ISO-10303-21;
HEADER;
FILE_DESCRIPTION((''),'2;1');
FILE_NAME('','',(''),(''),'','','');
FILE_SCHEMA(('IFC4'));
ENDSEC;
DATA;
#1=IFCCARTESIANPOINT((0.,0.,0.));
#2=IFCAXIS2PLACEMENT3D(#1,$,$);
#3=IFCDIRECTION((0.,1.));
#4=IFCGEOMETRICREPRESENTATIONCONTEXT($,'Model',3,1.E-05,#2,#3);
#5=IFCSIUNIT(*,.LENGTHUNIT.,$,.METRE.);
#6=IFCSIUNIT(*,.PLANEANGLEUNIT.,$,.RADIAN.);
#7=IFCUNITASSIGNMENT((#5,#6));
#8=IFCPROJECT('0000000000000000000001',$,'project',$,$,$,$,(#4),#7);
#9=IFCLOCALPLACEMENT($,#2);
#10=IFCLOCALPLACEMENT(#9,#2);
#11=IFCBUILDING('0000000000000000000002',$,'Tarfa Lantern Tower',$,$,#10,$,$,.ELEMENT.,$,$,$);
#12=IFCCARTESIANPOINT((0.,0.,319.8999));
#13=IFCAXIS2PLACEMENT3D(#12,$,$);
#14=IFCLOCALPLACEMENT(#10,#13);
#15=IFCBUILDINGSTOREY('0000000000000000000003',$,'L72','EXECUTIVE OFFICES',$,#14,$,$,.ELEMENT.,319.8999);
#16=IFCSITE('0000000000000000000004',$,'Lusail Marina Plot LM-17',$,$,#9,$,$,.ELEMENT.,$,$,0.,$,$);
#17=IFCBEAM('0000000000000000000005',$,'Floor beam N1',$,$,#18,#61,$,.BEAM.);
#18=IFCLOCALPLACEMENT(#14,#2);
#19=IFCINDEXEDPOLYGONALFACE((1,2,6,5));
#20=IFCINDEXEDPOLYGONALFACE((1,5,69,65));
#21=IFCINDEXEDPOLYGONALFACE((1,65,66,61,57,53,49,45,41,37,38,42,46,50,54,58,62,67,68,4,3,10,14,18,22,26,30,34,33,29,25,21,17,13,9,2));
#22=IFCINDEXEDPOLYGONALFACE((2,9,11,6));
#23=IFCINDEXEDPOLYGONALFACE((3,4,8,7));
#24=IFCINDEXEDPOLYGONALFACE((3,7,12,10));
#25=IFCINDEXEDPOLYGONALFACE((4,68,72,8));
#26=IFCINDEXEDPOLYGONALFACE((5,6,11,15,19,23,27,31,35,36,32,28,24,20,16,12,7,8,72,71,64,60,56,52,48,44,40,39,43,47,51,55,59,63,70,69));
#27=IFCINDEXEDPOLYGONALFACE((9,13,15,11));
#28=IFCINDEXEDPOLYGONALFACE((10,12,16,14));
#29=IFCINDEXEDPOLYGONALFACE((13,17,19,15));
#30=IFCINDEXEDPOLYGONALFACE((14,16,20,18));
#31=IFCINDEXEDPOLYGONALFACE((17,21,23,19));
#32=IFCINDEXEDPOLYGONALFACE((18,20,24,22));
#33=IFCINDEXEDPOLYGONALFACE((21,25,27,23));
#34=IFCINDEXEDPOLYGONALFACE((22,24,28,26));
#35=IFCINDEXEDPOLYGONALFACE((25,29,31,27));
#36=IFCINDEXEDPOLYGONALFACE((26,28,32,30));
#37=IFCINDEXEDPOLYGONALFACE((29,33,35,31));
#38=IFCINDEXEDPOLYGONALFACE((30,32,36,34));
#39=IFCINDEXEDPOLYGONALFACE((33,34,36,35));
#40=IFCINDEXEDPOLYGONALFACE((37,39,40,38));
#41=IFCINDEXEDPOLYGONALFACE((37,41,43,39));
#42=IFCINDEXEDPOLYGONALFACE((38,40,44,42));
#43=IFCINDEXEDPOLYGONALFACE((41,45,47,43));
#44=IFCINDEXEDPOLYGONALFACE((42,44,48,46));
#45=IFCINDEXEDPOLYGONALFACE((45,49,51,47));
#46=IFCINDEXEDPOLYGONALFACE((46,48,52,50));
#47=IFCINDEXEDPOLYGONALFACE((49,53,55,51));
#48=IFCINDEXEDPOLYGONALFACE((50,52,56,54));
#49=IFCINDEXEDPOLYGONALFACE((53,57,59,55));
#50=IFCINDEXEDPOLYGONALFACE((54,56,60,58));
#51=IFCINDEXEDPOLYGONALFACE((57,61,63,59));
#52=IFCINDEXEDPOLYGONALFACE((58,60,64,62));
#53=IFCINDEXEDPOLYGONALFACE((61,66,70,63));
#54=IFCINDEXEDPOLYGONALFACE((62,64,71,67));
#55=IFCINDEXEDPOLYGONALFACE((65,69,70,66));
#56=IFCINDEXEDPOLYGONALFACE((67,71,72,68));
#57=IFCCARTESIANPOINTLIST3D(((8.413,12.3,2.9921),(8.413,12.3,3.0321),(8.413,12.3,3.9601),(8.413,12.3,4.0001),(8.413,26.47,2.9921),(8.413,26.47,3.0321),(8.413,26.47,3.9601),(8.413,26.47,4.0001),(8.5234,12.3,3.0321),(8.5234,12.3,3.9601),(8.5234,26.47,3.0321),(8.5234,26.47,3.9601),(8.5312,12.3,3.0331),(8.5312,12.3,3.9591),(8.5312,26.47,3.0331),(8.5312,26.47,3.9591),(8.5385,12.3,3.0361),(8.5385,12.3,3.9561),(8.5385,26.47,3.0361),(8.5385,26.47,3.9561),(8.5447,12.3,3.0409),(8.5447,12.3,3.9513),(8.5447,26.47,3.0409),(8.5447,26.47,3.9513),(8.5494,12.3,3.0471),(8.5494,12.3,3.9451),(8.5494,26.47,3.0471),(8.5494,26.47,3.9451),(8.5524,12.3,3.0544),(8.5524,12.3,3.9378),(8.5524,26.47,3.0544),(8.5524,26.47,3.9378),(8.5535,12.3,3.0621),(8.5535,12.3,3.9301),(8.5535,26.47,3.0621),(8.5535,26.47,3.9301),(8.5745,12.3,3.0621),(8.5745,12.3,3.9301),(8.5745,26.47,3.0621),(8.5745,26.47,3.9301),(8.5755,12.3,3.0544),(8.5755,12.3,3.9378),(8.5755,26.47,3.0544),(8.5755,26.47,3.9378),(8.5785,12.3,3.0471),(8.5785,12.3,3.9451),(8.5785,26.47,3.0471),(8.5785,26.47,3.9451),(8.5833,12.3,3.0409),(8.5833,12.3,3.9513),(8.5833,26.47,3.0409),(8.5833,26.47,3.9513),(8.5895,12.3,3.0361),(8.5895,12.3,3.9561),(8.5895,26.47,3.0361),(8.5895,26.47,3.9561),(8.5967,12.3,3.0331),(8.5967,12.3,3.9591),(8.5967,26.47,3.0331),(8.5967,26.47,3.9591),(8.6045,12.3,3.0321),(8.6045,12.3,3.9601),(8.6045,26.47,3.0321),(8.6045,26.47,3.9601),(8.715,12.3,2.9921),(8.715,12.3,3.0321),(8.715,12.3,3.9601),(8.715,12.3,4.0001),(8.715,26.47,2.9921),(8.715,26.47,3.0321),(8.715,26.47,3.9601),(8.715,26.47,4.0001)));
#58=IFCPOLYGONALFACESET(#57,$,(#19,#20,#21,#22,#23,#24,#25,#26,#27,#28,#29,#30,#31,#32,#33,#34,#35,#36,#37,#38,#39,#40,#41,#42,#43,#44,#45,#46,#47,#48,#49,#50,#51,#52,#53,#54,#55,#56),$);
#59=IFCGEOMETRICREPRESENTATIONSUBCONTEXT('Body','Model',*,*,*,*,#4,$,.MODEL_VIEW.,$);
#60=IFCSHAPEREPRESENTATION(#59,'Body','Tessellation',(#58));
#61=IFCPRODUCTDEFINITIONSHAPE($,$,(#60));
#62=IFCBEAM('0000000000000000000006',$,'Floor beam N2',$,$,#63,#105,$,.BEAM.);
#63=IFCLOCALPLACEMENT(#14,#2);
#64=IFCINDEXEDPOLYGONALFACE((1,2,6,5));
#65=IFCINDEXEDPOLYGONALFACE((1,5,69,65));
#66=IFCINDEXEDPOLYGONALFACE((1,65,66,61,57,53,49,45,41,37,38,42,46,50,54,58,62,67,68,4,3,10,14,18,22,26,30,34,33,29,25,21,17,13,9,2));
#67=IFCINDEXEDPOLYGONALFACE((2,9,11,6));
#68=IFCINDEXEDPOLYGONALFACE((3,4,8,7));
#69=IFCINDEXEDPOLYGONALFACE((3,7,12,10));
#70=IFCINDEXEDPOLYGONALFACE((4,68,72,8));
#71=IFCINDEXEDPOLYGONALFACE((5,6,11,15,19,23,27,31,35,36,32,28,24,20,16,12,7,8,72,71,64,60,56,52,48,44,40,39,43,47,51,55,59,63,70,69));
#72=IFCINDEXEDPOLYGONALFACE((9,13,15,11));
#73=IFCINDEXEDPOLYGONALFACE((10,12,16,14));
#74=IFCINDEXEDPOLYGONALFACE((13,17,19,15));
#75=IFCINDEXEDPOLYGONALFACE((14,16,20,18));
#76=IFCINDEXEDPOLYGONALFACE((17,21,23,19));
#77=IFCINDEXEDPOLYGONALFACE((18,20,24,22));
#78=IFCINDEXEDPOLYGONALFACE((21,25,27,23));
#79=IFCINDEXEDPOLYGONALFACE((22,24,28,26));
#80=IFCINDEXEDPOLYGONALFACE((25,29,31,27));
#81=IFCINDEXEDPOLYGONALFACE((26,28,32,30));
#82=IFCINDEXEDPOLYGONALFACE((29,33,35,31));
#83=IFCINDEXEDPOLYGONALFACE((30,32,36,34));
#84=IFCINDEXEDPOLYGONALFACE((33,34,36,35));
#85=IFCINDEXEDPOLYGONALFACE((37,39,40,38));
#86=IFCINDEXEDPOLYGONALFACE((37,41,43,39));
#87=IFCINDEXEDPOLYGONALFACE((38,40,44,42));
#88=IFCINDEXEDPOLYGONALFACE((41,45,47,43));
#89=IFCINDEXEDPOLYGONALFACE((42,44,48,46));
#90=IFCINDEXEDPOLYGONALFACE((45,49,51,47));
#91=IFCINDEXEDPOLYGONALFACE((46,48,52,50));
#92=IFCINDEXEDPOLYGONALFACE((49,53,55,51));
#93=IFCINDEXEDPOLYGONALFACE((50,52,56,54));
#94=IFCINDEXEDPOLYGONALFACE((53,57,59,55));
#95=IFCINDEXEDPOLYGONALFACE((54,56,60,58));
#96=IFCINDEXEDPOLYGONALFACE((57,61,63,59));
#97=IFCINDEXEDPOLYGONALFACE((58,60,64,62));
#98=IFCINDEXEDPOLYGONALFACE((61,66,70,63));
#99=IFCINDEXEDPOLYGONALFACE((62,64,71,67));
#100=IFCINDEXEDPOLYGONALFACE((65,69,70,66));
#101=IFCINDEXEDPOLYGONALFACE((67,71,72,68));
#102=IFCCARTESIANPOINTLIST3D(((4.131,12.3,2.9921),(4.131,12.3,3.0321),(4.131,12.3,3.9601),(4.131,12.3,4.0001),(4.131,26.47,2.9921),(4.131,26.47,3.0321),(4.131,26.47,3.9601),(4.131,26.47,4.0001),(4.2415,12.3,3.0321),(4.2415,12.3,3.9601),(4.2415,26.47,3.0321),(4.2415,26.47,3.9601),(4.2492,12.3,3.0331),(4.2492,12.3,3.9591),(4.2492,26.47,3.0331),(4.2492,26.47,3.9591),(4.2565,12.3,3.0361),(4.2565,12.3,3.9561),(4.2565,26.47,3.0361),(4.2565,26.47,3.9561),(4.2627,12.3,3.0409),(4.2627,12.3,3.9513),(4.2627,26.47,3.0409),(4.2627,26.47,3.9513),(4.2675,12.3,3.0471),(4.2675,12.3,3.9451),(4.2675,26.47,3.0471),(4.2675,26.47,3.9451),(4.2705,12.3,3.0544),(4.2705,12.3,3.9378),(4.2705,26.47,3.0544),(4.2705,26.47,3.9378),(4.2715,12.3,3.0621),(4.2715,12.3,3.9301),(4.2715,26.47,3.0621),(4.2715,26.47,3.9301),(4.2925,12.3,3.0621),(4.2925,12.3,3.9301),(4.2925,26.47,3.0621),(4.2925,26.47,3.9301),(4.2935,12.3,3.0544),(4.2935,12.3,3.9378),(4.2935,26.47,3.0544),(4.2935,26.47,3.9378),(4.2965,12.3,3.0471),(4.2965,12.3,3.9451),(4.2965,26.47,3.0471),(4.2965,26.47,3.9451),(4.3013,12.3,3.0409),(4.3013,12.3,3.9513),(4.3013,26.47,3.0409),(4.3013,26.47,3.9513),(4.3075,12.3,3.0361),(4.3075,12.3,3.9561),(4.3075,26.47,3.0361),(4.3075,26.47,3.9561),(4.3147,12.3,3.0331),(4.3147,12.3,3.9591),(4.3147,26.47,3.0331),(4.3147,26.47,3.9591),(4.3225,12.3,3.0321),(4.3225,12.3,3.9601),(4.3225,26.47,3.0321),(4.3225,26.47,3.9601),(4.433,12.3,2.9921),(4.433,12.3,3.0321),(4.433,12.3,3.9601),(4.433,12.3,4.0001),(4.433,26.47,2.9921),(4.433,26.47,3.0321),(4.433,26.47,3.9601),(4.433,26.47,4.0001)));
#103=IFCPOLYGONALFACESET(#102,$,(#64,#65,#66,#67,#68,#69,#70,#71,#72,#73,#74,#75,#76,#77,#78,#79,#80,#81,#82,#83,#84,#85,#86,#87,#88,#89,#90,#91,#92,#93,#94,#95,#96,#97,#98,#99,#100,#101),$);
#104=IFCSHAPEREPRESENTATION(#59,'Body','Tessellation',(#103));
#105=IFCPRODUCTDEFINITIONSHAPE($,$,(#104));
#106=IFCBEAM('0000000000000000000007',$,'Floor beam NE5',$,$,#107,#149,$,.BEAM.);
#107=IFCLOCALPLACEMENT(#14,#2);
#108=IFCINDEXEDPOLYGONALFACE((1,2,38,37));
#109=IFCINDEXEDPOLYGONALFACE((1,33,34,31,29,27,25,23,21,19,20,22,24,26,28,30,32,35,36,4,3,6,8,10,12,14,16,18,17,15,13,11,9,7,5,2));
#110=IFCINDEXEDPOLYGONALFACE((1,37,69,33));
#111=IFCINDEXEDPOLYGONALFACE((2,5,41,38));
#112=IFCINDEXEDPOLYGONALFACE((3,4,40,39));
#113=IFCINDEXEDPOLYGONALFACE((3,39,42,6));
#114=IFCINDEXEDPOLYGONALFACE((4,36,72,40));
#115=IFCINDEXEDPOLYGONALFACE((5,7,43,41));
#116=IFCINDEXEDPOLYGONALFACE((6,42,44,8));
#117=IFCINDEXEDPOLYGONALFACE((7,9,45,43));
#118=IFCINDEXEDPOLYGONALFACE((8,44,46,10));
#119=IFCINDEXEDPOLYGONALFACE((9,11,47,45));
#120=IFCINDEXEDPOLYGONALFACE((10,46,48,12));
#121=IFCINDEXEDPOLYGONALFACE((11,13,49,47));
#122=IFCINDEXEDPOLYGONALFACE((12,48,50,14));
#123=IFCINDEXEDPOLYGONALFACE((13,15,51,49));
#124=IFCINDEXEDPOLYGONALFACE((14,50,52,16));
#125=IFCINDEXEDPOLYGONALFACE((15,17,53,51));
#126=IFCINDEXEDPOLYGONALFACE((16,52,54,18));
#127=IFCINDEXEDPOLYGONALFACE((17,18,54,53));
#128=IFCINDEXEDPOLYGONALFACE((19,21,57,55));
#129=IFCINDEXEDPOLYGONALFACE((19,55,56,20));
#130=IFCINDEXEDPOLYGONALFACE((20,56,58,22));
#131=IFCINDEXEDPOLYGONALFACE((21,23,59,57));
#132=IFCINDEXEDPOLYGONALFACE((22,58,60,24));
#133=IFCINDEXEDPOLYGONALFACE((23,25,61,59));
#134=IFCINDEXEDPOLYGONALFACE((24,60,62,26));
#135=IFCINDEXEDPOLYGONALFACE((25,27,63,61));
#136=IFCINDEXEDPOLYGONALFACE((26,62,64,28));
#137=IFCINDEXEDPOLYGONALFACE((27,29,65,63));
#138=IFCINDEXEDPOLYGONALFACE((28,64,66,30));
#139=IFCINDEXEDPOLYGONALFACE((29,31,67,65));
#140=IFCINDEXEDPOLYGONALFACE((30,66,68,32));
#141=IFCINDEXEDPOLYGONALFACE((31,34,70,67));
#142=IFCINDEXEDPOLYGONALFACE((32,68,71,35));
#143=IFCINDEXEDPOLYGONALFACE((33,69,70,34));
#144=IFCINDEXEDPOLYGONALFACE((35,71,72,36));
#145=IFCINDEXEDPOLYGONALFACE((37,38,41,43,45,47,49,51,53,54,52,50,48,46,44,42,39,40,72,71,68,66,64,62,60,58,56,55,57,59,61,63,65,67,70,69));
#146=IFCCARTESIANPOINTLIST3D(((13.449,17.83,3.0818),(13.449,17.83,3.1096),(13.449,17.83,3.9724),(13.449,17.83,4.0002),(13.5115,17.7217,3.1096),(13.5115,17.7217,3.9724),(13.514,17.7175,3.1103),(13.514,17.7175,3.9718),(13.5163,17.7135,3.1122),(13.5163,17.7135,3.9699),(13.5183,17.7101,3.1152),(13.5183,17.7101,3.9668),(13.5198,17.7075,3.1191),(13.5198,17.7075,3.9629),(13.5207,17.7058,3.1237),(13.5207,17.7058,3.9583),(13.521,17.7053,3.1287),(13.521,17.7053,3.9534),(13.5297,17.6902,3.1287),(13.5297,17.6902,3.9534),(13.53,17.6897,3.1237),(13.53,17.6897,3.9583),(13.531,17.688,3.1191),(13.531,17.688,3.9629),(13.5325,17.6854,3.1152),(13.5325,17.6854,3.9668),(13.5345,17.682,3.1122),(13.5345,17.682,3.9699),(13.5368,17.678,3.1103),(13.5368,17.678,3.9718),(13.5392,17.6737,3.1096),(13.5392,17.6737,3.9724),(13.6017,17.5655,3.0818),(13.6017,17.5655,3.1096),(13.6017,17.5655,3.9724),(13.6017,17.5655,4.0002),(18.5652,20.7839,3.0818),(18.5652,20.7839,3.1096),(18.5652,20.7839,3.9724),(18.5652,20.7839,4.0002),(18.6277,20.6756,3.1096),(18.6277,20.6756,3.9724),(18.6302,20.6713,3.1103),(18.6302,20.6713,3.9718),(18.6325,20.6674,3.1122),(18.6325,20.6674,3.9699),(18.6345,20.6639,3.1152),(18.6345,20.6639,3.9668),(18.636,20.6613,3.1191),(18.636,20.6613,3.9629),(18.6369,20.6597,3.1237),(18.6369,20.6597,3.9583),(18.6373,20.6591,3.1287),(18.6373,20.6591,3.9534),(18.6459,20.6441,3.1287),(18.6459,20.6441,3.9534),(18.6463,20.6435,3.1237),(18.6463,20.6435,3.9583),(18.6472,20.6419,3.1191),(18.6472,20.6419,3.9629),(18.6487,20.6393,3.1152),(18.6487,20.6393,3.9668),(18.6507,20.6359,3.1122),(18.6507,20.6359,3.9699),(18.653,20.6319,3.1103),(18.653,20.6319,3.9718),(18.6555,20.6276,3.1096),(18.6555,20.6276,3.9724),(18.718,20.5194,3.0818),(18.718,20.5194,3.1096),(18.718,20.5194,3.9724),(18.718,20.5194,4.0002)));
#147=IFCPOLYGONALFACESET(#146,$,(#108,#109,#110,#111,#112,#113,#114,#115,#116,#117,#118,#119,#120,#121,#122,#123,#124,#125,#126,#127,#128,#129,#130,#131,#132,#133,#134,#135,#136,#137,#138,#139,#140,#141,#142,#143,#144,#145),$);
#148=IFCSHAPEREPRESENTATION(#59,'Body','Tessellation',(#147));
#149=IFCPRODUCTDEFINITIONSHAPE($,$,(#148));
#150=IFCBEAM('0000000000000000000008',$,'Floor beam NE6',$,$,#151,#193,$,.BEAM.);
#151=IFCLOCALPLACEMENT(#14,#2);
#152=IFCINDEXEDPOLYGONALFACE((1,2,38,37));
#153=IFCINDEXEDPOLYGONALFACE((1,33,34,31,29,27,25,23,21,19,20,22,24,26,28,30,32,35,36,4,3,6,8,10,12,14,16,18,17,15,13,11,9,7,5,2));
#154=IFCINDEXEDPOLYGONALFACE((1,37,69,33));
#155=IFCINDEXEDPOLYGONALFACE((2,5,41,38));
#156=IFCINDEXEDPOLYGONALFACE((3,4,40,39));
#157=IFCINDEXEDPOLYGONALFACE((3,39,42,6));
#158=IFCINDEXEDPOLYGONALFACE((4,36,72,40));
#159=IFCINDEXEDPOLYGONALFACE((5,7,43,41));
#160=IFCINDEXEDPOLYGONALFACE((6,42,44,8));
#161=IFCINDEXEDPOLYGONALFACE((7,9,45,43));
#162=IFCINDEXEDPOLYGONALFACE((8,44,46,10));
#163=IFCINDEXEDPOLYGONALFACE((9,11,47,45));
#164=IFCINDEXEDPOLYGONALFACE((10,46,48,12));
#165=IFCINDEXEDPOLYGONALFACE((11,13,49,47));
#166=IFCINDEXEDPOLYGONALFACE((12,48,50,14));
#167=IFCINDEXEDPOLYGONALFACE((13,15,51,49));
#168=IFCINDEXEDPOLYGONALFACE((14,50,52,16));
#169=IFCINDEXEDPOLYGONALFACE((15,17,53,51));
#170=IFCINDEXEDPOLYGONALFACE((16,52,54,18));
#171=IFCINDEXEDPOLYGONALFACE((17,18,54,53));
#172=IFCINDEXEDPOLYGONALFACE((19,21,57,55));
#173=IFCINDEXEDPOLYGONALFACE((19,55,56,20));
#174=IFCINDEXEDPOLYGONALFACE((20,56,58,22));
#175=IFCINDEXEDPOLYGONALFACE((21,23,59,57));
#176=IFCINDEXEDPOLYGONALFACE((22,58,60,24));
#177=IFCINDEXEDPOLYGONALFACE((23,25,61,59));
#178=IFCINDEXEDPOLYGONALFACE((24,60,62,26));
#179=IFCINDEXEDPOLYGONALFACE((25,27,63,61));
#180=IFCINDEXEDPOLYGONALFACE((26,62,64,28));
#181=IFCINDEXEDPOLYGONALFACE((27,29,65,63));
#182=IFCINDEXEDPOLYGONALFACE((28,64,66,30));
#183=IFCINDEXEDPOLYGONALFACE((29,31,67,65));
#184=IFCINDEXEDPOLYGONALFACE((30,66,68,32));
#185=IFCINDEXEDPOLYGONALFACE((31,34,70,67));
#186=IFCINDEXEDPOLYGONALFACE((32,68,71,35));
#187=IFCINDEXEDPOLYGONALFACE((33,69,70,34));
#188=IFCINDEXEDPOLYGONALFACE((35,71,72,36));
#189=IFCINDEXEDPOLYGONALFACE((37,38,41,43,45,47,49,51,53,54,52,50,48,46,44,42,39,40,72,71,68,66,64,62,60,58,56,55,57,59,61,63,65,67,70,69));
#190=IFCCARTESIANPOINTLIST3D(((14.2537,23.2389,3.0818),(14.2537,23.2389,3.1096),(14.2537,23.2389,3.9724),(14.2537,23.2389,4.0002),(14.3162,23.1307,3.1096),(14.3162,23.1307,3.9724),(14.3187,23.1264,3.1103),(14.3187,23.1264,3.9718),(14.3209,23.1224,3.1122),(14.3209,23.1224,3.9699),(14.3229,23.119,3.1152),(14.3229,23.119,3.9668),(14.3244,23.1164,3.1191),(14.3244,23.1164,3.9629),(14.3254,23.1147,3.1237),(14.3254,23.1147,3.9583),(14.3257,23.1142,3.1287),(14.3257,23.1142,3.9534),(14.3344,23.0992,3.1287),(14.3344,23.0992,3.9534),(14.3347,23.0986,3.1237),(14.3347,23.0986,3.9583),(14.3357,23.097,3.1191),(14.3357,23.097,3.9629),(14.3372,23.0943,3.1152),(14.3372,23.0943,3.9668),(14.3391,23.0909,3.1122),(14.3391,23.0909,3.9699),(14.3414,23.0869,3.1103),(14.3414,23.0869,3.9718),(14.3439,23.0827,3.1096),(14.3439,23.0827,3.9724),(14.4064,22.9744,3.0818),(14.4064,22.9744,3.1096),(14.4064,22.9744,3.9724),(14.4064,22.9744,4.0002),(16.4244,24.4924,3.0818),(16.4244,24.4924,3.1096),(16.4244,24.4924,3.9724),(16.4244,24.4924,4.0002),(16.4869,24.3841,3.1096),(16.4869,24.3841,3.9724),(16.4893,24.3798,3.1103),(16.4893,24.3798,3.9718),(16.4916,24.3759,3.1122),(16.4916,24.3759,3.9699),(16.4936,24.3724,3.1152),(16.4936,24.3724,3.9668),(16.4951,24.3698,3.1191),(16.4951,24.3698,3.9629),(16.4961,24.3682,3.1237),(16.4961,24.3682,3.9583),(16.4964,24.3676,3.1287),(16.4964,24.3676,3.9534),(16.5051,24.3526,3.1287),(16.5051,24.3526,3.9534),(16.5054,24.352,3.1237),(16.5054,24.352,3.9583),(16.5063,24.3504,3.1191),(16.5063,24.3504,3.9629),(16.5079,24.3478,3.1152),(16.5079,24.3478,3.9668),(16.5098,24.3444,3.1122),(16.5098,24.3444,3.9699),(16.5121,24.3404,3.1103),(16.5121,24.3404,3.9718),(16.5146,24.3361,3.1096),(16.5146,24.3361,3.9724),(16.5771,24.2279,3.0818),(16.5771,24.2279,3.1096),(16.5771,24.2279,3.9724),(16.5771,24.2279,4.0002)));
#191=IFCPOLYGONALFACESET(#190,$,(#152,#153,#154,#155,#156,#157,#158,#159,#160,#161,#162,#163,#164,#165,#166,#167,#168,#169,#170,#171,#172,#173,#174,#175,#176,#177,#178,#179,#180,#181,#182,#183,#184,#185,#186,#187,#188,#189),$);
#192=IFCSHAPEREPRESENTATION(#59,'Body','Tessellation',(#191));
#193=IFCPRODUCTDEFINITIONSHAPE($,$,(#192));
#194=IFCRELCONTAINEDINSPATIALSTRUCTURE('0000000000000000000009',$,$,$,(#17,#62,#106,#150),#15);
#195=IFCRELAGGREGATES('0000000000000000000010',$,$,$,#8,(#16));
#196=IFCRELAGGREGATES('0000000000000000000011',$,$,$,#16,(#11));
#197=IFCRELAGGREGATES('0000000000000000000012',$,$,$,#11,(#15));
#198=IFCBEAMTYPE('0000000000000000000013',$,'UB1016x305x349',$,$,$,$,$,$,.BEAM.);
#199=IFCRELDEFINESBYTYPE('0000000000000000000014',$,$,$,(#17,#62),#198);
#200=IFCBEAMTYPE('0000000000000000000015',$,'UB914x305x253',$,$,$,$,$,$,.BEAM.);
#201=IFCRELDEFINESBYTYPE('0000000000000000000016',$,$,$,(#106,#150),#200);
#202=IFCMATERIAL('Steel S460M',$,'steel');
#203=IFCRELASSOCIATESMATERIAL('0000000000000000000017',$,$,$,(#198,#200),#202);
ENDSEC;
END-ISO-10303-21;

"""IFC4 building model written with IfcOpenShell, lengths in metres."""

from ifc_helpers import new_model, si_unit, direction, frame, origin, origin_2d, place, context, subcontext, project, spatial, i_section, extrude, material, material_profile, profile_set, type_object, element, save


model = new_model("IFC4")

# Units and contexts
model_context = context("Model", 3, precision=1e-05, world=origin(), true_north=direction((0.0, 1.0)))
body_context = subcontext(model_context, "Body", "Model", "MODEL_VIEW")
ifc_project = project(units=[si_unit("LENGTHUNIT", "METRE"), si_unit("PLANEANGLEUNIT", "RADIAN")], contexts=[model_context])

# Site, building, storey
site_placement = place(None, origin())
site = spatial("IfcSite", under=ifc_project, at=site_placement, Name="Lusail Marina Plot LM-17", CompositionType="ELEMENT", RefElevation=0.0)
building_placement = place(site_placement, origin())
building = spatial("IfcBuilding", under=site, at=building_placement, Name="Tarfa Lantern Tower", CompositionType="ELEMENT")
storey_placement = place(building_placement, frame((0.0, 0.0, 319.8999)))
storey = spatial("IfcBuildingStorey", under=building, at=storey_placement, Name="L72", Description="EXECUTIVE OFFICES", CompositionType="ELEMENT", Elevation=319.8999)

# Beams
ifc_material_1 = material(Name="Steel S460M", Category="steel")
ifc_material_profile_1 = material_profile(ifc_material_1, i_section(OverallWidth=0.302, OverallDepth=1.0081, WebThickness=0.021, FlangeThickness=0.04, FilletRadius=0.03, at=origin_2d()), Name="UB1016x305x349")
ifc_profile_set_1 = profile_set([ifc_material_profile_1], Name="Steel S460M")
beam_type_1 = type_object("IfcBeamType", Name="UB1016x305x349", PredefinedType="BEAM", material=ifc_profile_set_1)
for number, where, z_axis, x_axis, name in (
    (1, (8.564, 26.47, 3.4961), (0.0, -1.0, 0.0), (1.0, 0.0, 0.0), "Floor beam N1"),
    (2, (4.282, 26.47, 3.4961), (0.0, -1.0, 0.0), (1.0, 0.0, 0.0), "Floor beam N2"),
):
    element("IfcBeam", number, at=place(storey_placement, frame(where, z_axis=z_axis, x_axis=x_axis)), inside=storey, type_object=beam_type_1, Name=name, PredefinedType="BEAM", context=body_context, shape_type="SweptSolid", body=[
        extrude(i_section(OverallWidth=0.302, OverallDepth=1.0081, WebThickness=0.021, FlangeThickness=0.04, FilletRadius=0.03, at=origin_2d()), origin(), (0.0, 0.0, 1.0), 14.1699),
    ])
ifc_material_profile_2 = material_profile(ifc_material_1, i_section(OverallWidth=0.3054, OverallDepth=0.9185, WebThickness=0.0173, FlangeThickness=0.0278, FilletRadius=0.019, at=origin_2d()), Name="UB914x305x253")
ifc_profile_set_2 = profile_set([ifc_material_profile_2], Name="Steel S460M")
beam_type_2 = type_object("IfcBeamType", Name="UB914x305x253", PredefinedType="BEAM", material=ifc_profile_set_2)
beam_1_placement = place(storey_placement, frame((18.6416, 20.6516, 3.541), z_axis=(-0.866025, -0.500001, 0.0), x_axis=(0.500001, -0.866025, 0.0)))
element("IfcBeam", 3, at=beam_1_placement, inside=storey, type_object=beam_type_2, Name="Floor beam NE5", PredefinedType="BEAM", context=body_context, shape_type="SweptSolid", body=[
    extrude(i_section(OverallWidth=0.3054, OverallDepth=0.9185, WebThickness=0.0173, FlangeThickness=0.0278, FilletRadius=0.019, at=origin_2d()), origin(), (0.0, 0.0, 1.0), 5.9077),
])
beam_2_placement = place(storey_placement, frame((16.5007, 24.3601, 3.541), z_axis=(-0.865993, -0.500057, 0.0), x_axis=(0.500057, -0.865993, 0.0)))
element("IfcBeam", 4, at=beam_2_placement, inside=storey, type_object=beam_type_2, Name="Floor beam NE6", PredefinedType="BEAM", context=body_context, shape_type="SweptSolid", body=[
    extrude(i_section(OverallWidth=0.3054, OverallDepth=0.9185, WebThickness=0.0173, FlangeThickness=0.0278, FilletRadius=0.019, at=origin_2d()), origin(), (0.0, 0.0, 1.0), 2.5066),
])

save(model, "model.ifc")
